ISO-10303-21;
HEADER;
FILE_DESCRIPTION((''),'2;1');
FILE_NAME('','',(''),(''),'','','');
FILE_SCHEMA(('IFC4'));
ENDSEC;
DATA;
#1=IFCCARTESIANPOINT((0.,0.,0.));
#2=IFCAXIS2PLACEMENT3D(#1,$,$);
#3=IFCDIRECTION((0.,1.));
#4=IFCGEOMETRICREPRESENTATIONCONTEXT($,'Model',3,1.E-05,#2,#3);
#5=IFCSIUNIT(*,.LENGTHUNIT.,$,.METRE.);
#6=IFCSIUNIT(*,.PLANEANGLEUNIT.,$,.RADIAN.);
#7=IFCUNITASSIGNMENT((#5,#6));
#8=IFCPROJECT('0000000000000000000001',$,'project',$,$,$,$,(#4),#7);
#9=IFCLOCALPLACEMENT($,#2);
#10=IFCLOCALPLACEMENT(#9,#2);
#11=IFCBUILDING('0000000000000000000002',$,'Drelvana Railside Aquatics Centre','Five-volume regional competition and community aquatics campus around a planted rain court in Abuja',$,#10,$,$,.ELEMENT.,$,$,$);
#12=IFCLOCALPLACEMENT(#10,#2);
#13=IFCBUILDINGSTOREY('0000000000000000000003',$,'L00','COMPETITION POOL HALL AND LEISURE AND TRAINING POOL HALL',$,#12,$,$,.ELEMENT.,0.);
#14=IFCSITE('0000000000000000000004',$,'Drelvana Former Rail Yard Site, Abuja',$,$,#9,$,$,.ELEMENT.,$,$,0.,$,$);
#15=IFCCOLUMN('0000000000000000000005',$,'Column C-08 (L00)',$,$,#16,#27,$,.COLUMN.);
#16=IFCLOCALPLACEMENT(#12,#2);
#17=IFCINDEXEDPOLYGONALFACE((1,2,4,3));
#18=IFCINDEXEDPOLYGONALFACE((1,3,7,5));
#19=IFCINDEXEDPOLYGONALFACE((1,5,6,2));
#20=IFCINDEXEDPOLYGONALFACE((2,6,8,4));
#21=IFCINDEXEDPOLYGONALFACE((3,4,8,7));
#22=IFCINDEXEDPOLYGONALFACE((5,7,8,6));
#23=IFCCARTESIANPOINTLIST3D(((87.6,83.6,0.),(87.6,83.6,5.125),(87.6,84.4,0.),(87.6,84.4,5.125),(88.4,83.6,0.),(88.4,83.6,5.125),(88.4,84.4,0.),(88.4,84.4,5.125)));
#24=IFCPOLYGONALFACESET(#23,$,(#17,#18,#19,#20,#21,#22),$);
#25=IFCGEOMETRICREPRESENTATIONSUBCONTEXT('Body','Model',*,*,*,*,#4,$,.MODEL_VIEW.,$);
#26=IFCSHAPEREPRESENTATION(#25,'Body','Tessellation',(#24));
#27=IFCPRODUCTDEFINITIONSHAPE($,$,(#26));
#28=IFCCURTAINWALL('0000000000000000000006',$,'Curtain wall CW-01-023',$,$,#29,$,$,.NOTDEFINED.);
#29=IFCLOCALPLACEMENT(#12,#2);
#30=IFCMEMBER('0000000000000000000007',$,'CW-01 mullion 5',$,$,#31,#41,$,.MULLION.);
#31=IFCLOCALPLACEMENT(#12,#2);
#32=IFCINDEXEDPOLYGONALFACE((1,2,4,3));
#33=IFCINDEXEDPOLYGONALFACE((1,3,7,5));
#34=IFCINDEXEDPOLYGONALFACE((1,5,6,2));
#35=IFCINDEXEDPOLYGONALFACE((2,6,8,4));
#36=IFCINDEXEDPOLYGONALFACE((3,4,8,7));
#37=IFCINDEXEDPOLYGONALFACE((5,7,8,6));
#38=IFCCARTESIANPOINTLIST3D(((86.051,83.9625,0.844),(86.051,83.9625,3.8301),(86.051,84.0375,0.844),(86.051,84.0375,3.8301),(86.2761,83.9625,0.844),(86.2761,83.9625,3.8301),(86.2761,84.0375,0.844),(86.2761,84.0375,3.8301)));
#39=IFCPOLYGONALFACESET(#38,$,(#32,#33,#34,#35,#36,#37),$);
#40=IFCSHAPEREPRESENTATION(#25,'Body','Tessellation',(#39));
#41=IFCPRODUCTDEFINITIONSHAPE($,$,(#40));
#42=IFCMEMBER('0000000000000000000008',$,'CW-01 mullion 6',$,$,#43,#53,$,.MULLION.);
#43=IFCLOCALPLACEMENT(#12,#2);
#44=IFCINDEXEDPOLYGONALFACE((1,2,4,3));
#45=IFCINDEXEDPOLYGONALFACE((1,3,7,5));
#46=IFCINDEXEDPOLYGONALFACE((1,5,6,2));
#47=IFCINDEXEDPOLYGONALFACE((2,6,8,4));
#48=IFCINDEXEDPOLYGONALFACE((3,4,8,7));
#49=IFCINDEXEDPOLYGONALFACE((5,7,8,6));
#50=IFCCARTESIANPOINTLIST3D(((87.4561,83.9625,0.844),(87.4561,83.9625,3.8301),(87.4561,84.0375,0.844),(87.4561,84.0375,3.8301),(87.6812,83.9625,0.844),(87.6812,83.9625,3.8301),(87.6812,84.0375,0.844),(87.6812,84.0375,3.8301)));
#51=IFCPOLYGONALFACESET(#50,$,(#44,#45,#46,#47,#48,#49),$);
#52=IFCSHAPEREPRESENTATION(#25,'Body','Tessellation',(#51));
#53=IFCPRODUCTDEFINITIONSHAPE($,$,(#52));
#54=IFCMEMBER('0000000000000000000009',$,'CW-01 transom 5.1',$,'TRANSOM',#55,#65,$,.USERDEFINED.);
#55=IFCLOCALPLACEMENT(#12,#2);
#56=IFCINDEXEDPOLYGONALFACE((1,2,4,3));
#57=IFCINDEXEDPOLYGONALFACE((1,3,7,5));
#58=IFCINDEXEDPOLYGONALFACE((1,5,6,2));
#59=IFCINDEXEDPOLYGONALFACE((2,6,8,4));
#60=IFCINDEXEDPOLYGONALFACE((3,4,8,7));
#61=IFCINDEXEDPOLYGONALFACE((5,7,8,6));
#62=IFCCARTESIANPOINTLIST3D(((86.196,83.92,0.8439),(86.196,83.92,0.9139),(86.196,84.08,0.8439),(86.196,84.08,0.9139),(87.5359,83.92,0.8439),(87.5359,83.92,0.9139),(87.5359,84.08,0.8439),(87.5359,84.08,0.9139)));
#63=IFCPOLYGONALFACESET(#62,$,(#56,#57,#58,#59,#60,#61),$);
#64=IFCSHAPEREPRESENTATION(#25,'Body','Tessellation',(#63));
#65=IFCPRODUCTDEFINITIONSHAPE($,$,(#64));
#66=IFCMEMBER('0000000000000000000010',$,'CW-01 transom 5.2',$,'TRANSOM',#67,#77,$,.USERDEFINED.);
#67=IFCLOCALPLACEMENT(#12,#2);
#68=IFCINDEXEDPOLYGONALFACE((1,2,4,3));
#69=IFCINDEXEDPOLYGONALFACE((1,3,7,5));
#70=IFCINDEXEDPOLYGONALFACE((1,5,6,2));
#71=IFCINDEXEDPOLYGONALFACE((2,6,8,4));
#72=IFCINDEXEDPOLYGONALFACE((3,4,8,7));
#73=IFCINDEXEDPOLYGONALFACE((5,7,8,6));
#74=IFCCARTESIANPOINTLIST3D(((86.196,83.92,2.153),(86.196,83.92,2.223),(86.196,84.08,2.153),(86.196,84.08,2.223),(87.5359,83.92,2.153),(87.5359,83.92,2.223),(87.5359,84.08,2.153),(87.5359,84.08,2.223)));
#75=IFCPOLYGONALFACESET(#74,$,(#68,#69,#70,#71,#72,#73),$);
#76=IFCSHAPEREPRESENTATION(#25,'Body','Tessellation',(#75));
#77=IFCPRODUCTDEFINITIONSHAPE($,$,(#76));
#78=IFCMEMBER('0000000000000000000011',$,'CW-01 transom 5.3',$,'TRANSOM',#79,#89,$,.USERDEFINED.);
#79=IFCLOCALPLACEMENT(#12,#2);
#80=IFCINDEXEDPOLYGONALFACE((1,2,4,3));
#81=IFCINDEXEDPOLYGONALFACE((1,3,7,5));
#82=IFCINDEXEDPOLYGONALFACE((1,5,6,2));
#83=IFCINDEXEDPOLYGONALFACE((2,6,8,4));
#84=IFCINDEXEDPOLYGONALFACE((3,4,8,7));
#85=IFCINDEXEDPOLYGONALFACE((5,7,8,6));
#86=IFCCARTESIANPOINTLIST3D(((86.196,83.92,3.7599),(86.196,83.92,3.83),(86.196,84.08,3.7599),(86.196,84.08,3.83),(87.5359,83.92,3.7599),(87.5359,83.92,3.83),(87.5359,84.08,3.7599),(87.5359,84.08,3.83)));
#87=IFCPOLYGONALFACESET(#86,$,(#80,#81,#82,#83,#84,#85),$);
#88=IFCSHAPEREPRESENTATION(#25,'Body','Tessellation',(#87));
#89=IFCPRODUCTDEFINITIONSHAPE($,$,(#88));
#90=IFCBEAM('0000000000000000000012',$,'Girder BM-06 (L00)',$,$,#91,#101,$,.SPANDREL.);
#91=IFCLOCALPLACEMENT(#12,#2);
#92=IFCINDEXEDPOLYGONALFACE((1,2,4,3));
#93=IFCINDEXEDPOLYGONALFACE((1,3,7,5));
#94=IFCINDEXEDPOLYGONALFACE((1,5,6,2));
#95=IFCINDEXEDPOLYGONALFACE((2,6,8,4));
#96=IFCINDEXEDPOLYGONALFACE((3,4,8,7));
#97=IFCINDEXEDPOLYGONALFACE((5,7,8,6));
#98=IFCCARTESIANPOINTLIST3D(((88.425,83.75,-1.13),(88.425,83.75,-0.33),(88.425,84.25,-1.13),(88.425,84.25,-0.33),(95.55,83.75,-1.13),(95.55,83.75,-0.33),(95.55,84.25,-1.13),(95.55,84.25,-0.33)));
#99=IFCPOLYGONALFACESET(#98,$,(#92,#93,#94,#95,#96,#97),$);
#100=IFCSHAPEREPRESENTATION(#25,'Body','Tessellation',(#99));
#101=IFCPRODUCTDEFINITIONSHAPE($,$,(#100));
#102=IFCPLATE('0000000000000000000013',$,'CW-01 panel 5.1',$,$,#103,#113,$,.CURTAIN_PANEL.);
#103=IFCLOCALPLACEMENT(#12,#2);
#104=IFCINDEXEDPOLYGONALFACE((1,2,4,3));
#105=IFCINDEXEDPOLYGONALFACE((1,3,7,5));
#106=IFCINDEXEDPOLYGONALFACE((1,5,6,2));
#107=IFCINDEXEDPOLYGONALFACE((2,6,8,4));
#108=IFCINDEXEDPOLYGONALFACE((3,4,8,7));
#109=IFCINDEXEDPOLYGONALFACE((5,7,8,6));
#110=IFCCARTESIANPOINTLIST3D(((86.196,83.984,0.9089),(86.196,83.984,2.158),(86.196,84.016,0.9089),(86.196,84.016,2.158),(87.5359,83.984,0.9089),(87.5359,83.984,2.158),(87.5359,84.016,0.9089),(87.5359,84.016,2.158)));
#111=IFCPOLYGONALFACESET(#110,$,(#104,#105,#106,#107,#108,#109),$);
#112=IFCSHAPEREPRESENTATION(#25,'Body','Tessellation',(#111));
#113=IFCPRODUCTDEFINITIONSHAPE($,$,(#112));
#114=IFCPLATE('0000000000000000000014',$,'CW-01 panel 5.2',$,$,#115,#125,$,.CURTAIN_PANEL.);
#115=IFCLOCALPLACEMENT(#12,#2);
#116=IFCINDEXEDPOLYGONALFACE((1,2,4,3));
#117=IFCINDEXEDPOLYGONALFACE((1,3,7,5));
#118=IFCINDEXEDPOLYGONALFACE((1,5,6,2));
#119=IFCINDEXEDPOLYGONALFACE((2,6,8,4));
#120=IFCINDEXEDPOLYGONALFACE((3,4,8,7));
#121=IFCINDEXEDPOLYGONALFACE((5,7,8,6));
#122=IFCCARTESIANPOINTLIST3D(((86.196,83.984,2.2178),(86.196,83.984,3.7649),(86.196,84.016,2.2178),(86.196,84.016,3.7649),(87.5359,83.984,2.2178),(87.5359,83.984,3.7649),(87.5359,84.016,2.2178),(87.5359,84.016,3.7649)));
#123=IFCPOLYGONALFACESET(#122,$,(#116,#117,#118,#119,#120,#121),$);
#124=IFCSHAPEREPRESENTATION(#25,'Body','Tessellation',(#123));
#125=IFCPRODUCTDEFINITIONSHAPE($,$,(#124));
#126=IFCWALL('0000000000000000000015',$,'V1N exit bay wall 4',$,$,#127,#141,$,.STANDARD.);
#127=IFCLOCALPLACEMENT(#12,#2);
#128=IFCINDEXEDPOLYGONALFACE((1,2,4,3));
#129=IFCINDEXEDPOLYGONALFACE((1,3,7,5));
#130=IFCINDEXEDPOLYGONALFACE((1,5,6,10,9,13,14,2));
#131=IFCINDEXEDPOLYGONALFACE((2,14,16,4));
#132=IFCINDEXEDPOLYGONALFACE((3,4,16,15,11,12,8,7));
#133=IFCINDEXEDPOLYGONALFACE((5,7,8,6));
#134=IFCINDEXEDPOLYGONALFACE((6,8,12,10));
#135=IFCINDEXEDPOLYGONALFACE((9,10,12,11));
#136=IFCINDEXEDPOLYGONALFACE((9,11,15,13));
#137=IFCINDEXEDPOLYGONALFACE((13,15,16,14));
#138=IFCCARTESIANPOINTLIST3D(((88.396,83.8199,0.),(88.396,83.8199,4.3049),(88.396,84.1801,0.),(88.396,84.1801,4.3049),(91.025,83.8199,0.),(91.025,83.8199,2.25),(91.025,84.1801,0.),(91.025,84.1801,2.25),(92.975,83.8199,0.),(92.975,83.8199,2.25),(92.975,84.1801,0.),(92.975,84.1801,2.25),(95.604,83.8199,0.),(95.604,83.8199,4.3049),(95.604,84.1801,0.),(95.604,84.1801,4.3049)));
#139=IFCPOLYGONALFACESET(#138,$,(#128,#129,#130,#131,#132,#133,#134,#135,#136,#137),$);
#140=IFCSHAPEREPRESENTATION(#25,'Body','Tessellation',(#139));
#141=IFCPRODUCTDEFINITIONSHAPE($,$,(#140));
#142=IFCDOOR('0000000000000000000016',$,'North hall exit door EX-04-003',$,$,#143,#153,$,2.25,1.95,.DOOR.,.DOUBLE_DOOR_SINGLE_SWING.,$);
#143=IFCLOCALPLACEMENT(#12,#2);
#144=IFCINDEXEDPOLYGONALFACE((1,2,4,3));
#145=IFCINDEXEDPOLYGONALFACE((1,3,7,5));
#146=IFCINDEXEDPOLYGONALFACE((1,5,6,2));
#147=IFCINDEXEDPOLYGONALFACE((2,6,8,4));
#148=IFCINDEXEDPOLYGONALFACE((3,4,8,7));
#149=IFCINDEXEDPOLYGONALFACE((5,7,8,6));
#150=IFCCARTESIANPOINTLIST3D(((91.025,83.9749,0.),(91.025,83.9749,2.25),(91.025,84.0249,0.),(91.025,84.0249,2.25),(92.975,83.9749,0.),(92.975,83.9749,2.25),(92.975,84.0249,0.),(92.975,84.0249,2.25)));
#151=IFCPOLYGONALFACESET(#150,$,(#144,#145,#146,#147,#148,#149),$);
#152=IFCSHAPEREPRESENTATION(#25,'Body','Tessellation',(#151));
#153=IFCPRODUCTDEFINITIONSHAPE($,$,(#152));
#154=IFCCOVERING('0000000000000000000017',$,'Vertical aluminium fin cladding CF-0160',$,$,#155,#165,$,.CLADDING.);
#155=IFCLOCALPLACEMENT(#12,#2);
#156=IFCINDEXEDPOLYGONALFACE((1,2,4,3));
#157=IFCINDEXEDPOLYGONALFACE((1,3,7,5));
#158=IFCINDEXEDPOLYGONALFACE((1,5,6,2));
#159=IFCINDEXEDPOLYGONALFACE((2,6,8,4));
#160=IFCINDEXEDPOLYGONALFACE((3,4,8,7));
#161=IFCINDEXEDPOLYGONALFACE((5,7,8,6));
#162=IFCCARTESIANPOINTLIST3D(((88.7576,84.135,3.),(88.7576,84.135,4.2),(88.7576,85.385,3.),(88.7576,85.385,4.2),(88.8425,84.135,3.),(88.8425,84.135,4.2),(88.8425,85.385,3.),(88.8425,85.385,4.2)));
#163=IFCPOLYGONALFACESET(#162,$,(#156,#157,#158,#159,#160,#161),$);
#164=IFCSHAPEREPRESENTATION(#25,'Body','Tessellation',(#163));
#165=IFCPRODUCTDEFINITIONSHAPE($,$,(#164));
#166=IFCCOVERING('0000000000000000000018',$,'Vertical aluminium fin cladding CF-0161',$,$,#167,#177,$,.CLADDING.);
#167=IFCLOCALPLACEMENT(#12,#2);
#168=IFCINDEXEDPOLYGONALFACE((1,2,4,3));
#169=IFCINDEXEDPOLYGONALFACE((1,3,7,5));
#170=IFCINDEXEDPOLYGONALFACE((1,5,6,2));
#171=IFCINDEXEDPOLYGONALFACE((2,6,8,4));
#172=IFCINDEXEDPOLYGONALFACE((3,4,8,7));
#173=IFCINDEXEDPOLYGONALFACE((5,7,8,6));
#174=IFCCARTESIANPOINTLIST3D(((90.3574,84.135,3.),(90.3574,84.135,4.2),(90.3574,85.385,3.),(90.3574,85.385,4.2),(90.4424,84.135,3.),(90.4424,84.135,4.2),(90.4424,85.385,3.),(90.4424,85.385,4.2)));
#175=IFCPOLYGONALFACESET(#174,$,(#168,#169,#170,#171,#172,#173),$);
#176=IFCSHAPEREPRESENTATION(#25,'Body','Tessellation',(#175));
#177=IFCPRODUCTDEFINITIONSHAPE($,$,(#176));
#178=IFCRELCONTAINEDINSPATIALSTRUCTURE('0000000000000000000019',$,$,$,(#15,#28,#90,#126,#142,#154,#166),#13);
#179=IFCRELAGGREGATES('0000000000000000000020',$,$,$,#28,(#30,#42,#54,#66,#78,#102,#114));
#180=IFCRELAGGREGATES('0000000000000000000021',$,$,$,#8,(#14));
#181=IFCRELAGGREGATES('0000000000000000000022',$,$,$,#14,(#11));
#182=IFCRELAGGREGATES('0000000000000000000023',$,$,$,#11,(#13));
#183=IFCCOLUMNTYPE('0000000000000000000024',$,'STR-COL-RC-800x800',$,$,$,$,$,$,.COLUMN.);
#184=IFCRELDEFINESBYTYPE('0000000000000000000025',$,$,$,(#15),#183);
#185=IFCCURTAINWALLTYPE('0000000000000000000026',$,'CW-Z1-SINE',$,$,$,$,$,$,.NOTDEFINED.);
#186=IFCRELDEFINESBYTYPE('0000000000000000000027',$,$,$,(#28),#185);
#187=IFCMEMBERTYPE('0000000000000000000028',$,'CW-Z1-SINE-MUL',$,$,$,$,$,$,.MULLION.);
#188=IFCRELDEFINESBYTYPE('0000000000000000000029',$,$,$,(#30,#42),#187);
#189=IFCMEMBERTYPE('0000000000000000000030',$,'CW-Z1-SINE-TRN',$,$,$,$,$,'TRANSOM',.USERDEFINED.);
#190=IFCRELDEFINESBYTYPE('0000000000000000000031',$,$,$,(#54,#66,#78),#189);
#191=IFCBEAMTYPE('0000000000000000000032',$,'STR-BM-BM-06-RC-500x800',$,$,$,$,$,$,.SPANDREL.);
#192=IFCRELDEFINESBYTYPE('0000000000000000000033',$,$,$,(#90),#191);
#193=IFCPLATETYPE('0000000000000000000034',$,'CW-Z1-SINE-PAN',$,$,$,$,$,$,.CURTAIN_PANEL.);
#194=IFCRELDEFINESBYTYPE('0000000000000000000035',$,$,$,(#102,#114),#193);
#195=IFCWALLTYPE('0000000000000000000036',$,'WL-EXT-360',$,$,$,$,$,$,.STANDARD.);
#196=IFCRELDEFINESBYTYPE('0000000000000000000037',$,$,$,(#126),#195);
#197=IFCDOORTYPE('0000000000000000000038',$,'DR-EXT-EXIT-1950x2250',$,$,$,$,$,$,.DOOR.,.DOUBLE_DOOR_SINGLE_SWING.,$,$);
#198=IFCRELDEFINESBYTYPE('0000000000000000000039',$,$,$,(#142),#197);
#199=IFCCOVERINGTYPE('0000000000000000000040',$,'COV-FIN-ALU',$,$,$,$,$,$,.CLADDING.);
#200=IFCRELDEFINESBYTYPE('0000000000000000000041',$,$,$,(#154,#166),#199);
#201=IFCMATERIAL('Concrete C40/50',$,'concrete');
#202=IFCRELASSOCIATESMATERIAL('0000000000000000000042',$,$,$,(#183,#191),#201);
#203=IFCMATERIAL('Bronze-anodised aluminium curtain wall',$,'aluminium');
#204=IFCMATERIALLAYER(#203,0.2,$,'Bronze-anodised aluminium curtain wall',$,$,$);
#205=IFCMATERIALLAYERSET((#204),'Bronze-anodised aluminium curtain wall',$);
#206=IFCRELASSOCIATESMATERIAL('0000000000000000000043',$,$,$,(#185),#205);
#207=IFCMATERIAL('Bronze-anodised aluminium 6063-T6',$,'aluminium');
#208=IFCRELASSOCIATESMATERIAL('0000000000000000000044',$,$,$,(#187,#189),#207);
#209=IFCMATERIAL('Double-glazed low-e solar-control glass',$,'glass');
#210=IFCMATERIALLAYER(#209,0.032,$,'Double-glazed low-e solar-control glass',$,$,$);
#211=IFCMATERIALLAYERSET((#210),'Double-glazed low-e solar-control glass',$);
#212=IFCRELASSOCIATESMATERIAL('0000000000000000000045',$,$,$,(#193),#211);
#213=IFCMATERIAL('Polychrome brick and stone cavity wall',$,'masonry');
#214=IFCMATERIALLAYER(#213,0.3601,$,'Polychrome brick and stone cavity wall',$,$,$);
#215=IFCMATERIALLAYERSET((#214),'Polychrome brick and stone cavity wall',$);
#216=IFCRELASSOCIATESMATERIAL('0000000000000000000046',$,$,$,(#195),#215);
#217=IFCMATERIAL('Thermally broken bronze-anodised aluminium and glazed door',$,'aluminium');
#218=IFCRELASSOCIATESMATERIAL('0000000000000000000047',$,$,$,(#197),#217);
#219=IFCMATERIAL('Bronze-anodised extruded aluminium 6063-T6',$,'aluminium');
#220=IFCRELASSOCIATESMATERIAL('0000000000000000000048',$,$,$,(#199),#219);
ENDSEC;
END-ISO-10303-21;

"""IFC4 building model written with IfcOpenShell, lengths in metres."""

from ifc_helpers import new_model, si_unit, direction, frame, frame_2d, origin, origin_2d, place, context, subcontext, project, spatial, rectangle, extrude, material, layer, layer_set, material_profile, profile_set, type_object, element, fill, aggregate, save


model = new_model("IFC4")

# Units and contexts
model_context = context("Model", 3, precision=1e-05, world=origin(), true_north=direction((0.0, 1.0)))
body_context = subcontext(model_context, "Body", "Model", "MODEL_VIEW")
ifc_project = project(units=[si_unit("LENGTHUNIT", "METRE"), si_unit("PLANEANGLEUNIT", "RADIAN")], contexts=[model_context])

# Site, building, storey
site_placement = place(None, origin())
site = spatial("IfcSite", under=ifc_project, at=site_placement, Name="Drelvana Former Rail Yard Site, Abuja", CompositionType="ELEMENT", RefElevation=0.0)
building_placement = place(site_placement, origin())
building = spatial("IfcBuilding", under=site, at=building_placement, Name="Drelvana Railside Aquatics Centre", Description="Five-volume regional competition and community aquatics campus around a planted rain court in Abuja", CompositionType="ELEMENT")
storey_placement = place(building_placement, origin())
storey = spatial("IfcBuildingStorey", under=building, at=storey_placement, Name="L00", Description="COMPETITION POOL HALL AND LEISURE AND TRAINING POOL HALL", CompositionType="ELEMENT", Elevation=0.0)

# Column
ifc_material_1 = material(Name="Concrete C40/50", Category="concrete")
ifc_material_profile_1 = material_profile(ifc_material_1, rectangle(XDim=0.8, YDim=0.8, at=origin_2d()), Name="RC 800x800")
ifc_profile_set_1 = profile_set([ifc_material_profile_1], Name="Concrete C40/50")
column_type = type_object("IfcColumnType", Name="STR-COL-RC-800x800", PredefinedType="COLUMN", material=ifc_profile_set_1)
column_placement = place(storey_placement, frame((88.0, 84.0, 0.0), z_axis=(0.0, 0.0, 1.0), x_axis=(1.0, 0.0, 0.0)))
element("IfcColumn", 1, at=column_placement, inside=storey, type_object=column_type, Name="Column C-08 (L00)", PredefinedType="COLUMN", context=body_context, shape_type="SweptSolid", body=[
    extrude(rectangle(XDim=0.8, YDim=0.8, at=origin_2d()), origin(), (0.0, 0.0, 1.0), 5.125),
])

# Curtain wall, members
ifc_material_2 = material(Name="Bronze-anodised aluminium curtain wall", Category="aluminium")
ifc_layer_1 = layer(ifc_material_2, 0.2, Name="Bronze-anodised aluminium curtain wall")
ifc_layer_set_1 = layer_set([ifc_layer_1], Name="Bronze-anodised aluminium curtain wall")
curtain_wall_type = type_object("IfcCurtainWallType", Name="CW-Z1-SINE", PredefinedType="NOTDEFINED", material=ifc_layer_set_1)
curtain_wall_placement = place(storey_placement, origin())
curtain_wall = element("IfcCurtainWall", 2, at=curtain_wall_placement, inside=storey, type_object=curtain_wall_type, Name="Curtain wall CW-01-023", PredefinedType="NOTDEFINED")
ifc_material_3 = material(Name="Bronze-anodised aluminium 6063-T6", Category="aluminium")
ifc_material_profile_2 = material_profile(ifc_material_3, rectangle(XDim=0.075, YDim=0.2251, at=origin_2d()), Name="ALU-M 75x225")
ifc_profile_set_2 = profile_set([ifc_material_profile_2], Name="Bronze-anodised aluminium 6063-T6")
member_type_1 = type_object("IfcMemberType", Name="CW-Z1-SINE-MUL", PredefinedType="MULLION", material=ifc_profile_set_2)
member_1_placement = place(storey_placement, frame((86.1636, 84.0, 0.844), z_axis=(0.0, 0.0, 1.0), x_axis=(0.0, 1.0, 0.0)))
member_1 = element("IfcMember", 3, at=member_1_placement, type_object=member_type_1, Name="CW-01 mullion 5", PredefinedType="MULLION", context=body_context, shape_type="SweptSolid", body=[
    extrude(rectangle(XDim=0.075, YDim=0.2251, at=origin_2d()), origin(), (0.0, 0.0, 1.0), 2.9861),
])
member_2_placement = place(storey_placement, frame((87.5686, 84.0, 0.844), z_axis=(0.0, 0.0, 1.0), x_axis=(0.0, 1.0, 0.0)))
member_2 = element("IfcMember", 4, at=member_2_placement, type_object=member_type_1, Name="CW-01 mullion 6", PredefinedType="MULLION", context=body_context, shape_type="SweptSolid", body=[
    extrude(rectangle(XDim=0.075, YDim=0.2251, at=origin_2d()), origin(), (0.0, 0.0, 1.0), 2.9861),
])
ifc_material_profile_3 = material_profile(ifc_material_3, rectangle(XDim=0.1599, YDim=0.0701, at=origin_2d()), Name="ALU-T 70x160")
ifc_profile_set_3 = profile_set([ifc_material_profile_3], Name="Bronze-anodised aluminium 6063-T6")
member_type_2 = type_object("IfcMemberType", Name="CW-Z1-SINE-TRN", ElementType="TRANSOM", PredefinedType="USERDEFINED", material=ifc_profile_set_3)
member_3_placement = place(storey_placement, frame((86.196, 84.0, 0.8789), z_axis=(1.0, 0.0, 0.0), x_axis=(0.0, 1.0, 0.0)))
member_3 = element("IfcMember", 5, at=member_3_placement, type_object=member_type_2, Name="CW-01 transom 5.1", ObjectType="TRANSOM", PredefinedType="USERDEFINED", context=body_context, shape_type="SweptSolid", body=[
    extrude(rectangle(XDim=0.1599, YDim=0.0701, at=origin_2d()), origin(), (0.0, 0.0, 1.0), 1.3398),
])
member_4_placement = place(storey_placement, frame((86.196, 84.0, 2.188), z_axis=(1.0, 0.0, 0.0), x_axis=(0.0, 1.0, 0.0)))
member_4 = element("IfcMember", 6, at=member_4_placement, type_object=member_type_2, Name="CW-01 transom 5.2", ObjectType="TRANSOM", PredefinedType="USERDEFINED", context=body_context, shape_type="SweptSolid", body=[
    extrude(rectangle(XDim=0.1599, YDim=0.0701, at=origin_2d()), origin(), (0.0, 0.0, 1.0), 1.3398),
])
member_5_placement = place(storey_placement, frame((86.196, 84.0, 3.7949), z_axis=(1.0, 0.0, 0.0), x_axis=(0.0, 1.0, 0.0)))
member_5 = element("IfcMember", 7, at=member_5_placement, type_object=member_type_2, Name="CW-01 transom 5.3", ObjectType="TRANSOM", PredefinedType="USERDEFINED", context=body_context, shape_type="SweptSolid", body=[
    extrude(rectangle(XDim=0.1599, YDim=0.0701, at=origin_2d()), origin(), (0.0, 0.0, 1.0), 1.3398),
])

# Beam
ifc_material_profile_4 = material_profile(ifc_material_1, rectangle(XDim=0.5, YDim=0.8, at=origin_2d()), Name="RC 500x800")
ifc_profile_set_4 = profile_set([ifc_material_profile_4], Name="Concrete C40/50")
beam_type = type_object("IfcBeamType", Name="STR-BM-BM-06-RC-500x800", PredefinedType="SPANDREL", material=ifc_profile_set_4)
beam_placement = place(storey_placement, frame((88.425, 84.0, -0.73), z_axis=(1.0, 0.0, 0.0), x_axis=(0.0, 1.0, 0.0)))
element("IfcBeam", 8, at=beam_placement, inside=storey, type_object=beam_type, Name="Girder BM-06 (L00)", PredefinedType="SPANDREL", context=body_context, shape_type="SweptSolid", body=[
    extrude(rectangle(XDim=0.5, YDim=0.8, at=origin_2d()), origin(), (0.0, 0.0, 1.0), 7.125),
])

# Plates
ifc_material_4 = material(Name="Double-glazed low-e solar-control glass", Category="glass")
ifc_layer_2 = layer(ifc_material_4, 0.032, Name="Double-glazed low-e solar-control glass")
ifc_layer_set_2 = layer_set([ifc_layer_2], Name="Double-glazed low-e solar-control glass")
plate_type = type_object("IfcPlateType", Name="CW-Z1-SINE-PAN", PredefinedType="CURTAIN_PANEL", material=ifc_layer_set_2)
plate_1_placement = place(storey_placement, frame((86.866, 84.0, 0.9089), z_axis=(0.0, 0.0, 1.0), x_axis=(1.0, 0.0, 0.0)))
plate_1 = element("IfcPlate", 9, at=plate_1_placement, type_object=plate_type, Name="CW-01 panel 5.1", PredefinedType="CURTAIN_PANEL", context=body_context, shape_type="SweptSolid", body=[
    extrude(rectangle(XDim=1.3398, YDim=0.032, at=origin_2d()), origin(), (0.0, 0.0, 1.0), 1.249),
])
plate_2_placement = place(storey_placement, frame((86.866, 84.0, 2.2178), z_axis=(0.0, 0.0, 1.0), x_axis=(1.0, 0.0, 0.0)))
plate_2 = element("IfcPlate", 10, at=plate_2_placement, type_object=plate_type, Name="CW-01 panel 5.2", PredefinedType="CURTAIN_PANEL", context=body_context, shape_type="SweptSolid", body=[
    extrude(rectangle(XDim=1.3398, YDim=0.032, at=origin_2d()), origin(), (0.0, 0.0, 1.0), 1.5471),
])
aggregate(curtain_wall, [member_1, member_2, member_3, member_4, member_5, plate_1, plate_2])

# Wall, opening, door
ifc_material_5 = material(Name="Polychrome brick and stone cavity wall", Category="masonry")
ifc_layer_3 = layer(ifc_material_5, 0.3601, Name="Polychrome brick and stone cavity wall")
ifc_layer_set_3 = layer_set([ifc_layer_3], Name="Polychrome brick and stone cavity wall")
wall_type = type_object("IfcWallType", Name="WL-EXT-360", PredefinedType="STANDARD", material=ifc_layer_set_3)
wall_placement = place(storey_placement, frame((88.396, 84.0, 0.0), z_axis=(0.0, 0.0, 1.0), x_axis=(1.0, 0.0, 0.0)))
wall = element("IfcWall", 11, at=wall_placement, inside=storey, type_object=wall_type, Name="V1N exit bay wall 4", PredefinedType="STANDARD", context=body_context, shape_type="SweptSolid", body=[
    extrude(rectangle(XDim=7.208, YDim=0.3601, at=frame_2d((3.604, 0.0))), origin(), (0.0, 0.0, 1.0), 4.3049),
])
opening_placement = place(wall_placement, frame((2.6289, 0.0, 0.0)))
opening = element("IfcOpeningElement", 12, at=opening_placement, cuts=wall, PredefinedType="OPENING", context=body_context, shape_type="SweptSolid", body=[
    extrude(rectangle(XDim=1.95, YDim=2.25, at=frame_2d((0.9751, 1.125))), frame((0.0, 0.1899, 0.0), z_axis=(0.0, -1.0, 0.0), x_axis=(1.0, 0.0, 0.0)), (0.0, 0.0, 1.0), 0.3801),
])
ifc_material_6 = material(Name="Thermally broken bronze-anodised aluminium and glazed door", Category="aluminium")
door_type = type_object("IfcDoorType", Name="DR-EXT-EXIT-1950x2250", OperationType="DOUBLE_DOOR_SINGLE_SWING", PredefinedType="DOOR", material=ifc_material_6)
door_placement = place(opening_placement, origin())
door = element("IfcDoor", 13, at=door_placement, inside=storey, type_object=door_type, Name="North hall exit door EX-04-003", OperationType="DOUBLE_DOOR_SINGLE_SWING", OverallHeight=2.25, OverallWidth=1.95, PredefinedType="DOOR", context=body_context, shape_type="SweptSolid", body=[
    extrude(rectangle(XDim=1.95, YDim=2.25, at=frame_2d((0.9751, 1.125))), frame((0.0, 0.0249, 0.0), z_axis=(0.0, -1.0, 0.0), x_axis=(1.0, 0.0, 0.0)), (0.0, 0.0, 1.0), 0.05),
])
fill(opening, door)

# Coverings
ifc_material_7 = material(Name="Bronze-anodised extruded aluminium 6063-T6", Category="aluminium")
covering_type = type_object("IfcCoveringType", Name="COV-FIN-ALU", PredefinedType="CLADDING", material=ifc_material_7)
for number, where, z_axis, x_axis, name in (
    (14, (88.8, 84.76, 3.0), (0.0, 0.0, 1.0), (1.0, 0.0, 0.0), "Vertical aluminium fin cladding CF-0160"),
    (15, (90.3999, 84.76, 3.0), (0.0, 0.0, 1.0), (1.0, 0.0, 0.0), "Vertical aluminium fin cladding CF-0161"),
):
    element("IfcCovering", number, at=place(storey_placement, frame(where, z_axis=z_axis, x_axis=x_axis)), inside=storey, type_object=covering_type, Name=name, PredefinedType="CLADDING", context=body_context, shape_type="SweptSolid", body=[
        extrude(rectangle(XDim=0.085, YDim=1.25, at=origin_2d()), origin(), (0.0, 0.0, 1.0), 1.2),
    ])

save(model, "model.ifc")
